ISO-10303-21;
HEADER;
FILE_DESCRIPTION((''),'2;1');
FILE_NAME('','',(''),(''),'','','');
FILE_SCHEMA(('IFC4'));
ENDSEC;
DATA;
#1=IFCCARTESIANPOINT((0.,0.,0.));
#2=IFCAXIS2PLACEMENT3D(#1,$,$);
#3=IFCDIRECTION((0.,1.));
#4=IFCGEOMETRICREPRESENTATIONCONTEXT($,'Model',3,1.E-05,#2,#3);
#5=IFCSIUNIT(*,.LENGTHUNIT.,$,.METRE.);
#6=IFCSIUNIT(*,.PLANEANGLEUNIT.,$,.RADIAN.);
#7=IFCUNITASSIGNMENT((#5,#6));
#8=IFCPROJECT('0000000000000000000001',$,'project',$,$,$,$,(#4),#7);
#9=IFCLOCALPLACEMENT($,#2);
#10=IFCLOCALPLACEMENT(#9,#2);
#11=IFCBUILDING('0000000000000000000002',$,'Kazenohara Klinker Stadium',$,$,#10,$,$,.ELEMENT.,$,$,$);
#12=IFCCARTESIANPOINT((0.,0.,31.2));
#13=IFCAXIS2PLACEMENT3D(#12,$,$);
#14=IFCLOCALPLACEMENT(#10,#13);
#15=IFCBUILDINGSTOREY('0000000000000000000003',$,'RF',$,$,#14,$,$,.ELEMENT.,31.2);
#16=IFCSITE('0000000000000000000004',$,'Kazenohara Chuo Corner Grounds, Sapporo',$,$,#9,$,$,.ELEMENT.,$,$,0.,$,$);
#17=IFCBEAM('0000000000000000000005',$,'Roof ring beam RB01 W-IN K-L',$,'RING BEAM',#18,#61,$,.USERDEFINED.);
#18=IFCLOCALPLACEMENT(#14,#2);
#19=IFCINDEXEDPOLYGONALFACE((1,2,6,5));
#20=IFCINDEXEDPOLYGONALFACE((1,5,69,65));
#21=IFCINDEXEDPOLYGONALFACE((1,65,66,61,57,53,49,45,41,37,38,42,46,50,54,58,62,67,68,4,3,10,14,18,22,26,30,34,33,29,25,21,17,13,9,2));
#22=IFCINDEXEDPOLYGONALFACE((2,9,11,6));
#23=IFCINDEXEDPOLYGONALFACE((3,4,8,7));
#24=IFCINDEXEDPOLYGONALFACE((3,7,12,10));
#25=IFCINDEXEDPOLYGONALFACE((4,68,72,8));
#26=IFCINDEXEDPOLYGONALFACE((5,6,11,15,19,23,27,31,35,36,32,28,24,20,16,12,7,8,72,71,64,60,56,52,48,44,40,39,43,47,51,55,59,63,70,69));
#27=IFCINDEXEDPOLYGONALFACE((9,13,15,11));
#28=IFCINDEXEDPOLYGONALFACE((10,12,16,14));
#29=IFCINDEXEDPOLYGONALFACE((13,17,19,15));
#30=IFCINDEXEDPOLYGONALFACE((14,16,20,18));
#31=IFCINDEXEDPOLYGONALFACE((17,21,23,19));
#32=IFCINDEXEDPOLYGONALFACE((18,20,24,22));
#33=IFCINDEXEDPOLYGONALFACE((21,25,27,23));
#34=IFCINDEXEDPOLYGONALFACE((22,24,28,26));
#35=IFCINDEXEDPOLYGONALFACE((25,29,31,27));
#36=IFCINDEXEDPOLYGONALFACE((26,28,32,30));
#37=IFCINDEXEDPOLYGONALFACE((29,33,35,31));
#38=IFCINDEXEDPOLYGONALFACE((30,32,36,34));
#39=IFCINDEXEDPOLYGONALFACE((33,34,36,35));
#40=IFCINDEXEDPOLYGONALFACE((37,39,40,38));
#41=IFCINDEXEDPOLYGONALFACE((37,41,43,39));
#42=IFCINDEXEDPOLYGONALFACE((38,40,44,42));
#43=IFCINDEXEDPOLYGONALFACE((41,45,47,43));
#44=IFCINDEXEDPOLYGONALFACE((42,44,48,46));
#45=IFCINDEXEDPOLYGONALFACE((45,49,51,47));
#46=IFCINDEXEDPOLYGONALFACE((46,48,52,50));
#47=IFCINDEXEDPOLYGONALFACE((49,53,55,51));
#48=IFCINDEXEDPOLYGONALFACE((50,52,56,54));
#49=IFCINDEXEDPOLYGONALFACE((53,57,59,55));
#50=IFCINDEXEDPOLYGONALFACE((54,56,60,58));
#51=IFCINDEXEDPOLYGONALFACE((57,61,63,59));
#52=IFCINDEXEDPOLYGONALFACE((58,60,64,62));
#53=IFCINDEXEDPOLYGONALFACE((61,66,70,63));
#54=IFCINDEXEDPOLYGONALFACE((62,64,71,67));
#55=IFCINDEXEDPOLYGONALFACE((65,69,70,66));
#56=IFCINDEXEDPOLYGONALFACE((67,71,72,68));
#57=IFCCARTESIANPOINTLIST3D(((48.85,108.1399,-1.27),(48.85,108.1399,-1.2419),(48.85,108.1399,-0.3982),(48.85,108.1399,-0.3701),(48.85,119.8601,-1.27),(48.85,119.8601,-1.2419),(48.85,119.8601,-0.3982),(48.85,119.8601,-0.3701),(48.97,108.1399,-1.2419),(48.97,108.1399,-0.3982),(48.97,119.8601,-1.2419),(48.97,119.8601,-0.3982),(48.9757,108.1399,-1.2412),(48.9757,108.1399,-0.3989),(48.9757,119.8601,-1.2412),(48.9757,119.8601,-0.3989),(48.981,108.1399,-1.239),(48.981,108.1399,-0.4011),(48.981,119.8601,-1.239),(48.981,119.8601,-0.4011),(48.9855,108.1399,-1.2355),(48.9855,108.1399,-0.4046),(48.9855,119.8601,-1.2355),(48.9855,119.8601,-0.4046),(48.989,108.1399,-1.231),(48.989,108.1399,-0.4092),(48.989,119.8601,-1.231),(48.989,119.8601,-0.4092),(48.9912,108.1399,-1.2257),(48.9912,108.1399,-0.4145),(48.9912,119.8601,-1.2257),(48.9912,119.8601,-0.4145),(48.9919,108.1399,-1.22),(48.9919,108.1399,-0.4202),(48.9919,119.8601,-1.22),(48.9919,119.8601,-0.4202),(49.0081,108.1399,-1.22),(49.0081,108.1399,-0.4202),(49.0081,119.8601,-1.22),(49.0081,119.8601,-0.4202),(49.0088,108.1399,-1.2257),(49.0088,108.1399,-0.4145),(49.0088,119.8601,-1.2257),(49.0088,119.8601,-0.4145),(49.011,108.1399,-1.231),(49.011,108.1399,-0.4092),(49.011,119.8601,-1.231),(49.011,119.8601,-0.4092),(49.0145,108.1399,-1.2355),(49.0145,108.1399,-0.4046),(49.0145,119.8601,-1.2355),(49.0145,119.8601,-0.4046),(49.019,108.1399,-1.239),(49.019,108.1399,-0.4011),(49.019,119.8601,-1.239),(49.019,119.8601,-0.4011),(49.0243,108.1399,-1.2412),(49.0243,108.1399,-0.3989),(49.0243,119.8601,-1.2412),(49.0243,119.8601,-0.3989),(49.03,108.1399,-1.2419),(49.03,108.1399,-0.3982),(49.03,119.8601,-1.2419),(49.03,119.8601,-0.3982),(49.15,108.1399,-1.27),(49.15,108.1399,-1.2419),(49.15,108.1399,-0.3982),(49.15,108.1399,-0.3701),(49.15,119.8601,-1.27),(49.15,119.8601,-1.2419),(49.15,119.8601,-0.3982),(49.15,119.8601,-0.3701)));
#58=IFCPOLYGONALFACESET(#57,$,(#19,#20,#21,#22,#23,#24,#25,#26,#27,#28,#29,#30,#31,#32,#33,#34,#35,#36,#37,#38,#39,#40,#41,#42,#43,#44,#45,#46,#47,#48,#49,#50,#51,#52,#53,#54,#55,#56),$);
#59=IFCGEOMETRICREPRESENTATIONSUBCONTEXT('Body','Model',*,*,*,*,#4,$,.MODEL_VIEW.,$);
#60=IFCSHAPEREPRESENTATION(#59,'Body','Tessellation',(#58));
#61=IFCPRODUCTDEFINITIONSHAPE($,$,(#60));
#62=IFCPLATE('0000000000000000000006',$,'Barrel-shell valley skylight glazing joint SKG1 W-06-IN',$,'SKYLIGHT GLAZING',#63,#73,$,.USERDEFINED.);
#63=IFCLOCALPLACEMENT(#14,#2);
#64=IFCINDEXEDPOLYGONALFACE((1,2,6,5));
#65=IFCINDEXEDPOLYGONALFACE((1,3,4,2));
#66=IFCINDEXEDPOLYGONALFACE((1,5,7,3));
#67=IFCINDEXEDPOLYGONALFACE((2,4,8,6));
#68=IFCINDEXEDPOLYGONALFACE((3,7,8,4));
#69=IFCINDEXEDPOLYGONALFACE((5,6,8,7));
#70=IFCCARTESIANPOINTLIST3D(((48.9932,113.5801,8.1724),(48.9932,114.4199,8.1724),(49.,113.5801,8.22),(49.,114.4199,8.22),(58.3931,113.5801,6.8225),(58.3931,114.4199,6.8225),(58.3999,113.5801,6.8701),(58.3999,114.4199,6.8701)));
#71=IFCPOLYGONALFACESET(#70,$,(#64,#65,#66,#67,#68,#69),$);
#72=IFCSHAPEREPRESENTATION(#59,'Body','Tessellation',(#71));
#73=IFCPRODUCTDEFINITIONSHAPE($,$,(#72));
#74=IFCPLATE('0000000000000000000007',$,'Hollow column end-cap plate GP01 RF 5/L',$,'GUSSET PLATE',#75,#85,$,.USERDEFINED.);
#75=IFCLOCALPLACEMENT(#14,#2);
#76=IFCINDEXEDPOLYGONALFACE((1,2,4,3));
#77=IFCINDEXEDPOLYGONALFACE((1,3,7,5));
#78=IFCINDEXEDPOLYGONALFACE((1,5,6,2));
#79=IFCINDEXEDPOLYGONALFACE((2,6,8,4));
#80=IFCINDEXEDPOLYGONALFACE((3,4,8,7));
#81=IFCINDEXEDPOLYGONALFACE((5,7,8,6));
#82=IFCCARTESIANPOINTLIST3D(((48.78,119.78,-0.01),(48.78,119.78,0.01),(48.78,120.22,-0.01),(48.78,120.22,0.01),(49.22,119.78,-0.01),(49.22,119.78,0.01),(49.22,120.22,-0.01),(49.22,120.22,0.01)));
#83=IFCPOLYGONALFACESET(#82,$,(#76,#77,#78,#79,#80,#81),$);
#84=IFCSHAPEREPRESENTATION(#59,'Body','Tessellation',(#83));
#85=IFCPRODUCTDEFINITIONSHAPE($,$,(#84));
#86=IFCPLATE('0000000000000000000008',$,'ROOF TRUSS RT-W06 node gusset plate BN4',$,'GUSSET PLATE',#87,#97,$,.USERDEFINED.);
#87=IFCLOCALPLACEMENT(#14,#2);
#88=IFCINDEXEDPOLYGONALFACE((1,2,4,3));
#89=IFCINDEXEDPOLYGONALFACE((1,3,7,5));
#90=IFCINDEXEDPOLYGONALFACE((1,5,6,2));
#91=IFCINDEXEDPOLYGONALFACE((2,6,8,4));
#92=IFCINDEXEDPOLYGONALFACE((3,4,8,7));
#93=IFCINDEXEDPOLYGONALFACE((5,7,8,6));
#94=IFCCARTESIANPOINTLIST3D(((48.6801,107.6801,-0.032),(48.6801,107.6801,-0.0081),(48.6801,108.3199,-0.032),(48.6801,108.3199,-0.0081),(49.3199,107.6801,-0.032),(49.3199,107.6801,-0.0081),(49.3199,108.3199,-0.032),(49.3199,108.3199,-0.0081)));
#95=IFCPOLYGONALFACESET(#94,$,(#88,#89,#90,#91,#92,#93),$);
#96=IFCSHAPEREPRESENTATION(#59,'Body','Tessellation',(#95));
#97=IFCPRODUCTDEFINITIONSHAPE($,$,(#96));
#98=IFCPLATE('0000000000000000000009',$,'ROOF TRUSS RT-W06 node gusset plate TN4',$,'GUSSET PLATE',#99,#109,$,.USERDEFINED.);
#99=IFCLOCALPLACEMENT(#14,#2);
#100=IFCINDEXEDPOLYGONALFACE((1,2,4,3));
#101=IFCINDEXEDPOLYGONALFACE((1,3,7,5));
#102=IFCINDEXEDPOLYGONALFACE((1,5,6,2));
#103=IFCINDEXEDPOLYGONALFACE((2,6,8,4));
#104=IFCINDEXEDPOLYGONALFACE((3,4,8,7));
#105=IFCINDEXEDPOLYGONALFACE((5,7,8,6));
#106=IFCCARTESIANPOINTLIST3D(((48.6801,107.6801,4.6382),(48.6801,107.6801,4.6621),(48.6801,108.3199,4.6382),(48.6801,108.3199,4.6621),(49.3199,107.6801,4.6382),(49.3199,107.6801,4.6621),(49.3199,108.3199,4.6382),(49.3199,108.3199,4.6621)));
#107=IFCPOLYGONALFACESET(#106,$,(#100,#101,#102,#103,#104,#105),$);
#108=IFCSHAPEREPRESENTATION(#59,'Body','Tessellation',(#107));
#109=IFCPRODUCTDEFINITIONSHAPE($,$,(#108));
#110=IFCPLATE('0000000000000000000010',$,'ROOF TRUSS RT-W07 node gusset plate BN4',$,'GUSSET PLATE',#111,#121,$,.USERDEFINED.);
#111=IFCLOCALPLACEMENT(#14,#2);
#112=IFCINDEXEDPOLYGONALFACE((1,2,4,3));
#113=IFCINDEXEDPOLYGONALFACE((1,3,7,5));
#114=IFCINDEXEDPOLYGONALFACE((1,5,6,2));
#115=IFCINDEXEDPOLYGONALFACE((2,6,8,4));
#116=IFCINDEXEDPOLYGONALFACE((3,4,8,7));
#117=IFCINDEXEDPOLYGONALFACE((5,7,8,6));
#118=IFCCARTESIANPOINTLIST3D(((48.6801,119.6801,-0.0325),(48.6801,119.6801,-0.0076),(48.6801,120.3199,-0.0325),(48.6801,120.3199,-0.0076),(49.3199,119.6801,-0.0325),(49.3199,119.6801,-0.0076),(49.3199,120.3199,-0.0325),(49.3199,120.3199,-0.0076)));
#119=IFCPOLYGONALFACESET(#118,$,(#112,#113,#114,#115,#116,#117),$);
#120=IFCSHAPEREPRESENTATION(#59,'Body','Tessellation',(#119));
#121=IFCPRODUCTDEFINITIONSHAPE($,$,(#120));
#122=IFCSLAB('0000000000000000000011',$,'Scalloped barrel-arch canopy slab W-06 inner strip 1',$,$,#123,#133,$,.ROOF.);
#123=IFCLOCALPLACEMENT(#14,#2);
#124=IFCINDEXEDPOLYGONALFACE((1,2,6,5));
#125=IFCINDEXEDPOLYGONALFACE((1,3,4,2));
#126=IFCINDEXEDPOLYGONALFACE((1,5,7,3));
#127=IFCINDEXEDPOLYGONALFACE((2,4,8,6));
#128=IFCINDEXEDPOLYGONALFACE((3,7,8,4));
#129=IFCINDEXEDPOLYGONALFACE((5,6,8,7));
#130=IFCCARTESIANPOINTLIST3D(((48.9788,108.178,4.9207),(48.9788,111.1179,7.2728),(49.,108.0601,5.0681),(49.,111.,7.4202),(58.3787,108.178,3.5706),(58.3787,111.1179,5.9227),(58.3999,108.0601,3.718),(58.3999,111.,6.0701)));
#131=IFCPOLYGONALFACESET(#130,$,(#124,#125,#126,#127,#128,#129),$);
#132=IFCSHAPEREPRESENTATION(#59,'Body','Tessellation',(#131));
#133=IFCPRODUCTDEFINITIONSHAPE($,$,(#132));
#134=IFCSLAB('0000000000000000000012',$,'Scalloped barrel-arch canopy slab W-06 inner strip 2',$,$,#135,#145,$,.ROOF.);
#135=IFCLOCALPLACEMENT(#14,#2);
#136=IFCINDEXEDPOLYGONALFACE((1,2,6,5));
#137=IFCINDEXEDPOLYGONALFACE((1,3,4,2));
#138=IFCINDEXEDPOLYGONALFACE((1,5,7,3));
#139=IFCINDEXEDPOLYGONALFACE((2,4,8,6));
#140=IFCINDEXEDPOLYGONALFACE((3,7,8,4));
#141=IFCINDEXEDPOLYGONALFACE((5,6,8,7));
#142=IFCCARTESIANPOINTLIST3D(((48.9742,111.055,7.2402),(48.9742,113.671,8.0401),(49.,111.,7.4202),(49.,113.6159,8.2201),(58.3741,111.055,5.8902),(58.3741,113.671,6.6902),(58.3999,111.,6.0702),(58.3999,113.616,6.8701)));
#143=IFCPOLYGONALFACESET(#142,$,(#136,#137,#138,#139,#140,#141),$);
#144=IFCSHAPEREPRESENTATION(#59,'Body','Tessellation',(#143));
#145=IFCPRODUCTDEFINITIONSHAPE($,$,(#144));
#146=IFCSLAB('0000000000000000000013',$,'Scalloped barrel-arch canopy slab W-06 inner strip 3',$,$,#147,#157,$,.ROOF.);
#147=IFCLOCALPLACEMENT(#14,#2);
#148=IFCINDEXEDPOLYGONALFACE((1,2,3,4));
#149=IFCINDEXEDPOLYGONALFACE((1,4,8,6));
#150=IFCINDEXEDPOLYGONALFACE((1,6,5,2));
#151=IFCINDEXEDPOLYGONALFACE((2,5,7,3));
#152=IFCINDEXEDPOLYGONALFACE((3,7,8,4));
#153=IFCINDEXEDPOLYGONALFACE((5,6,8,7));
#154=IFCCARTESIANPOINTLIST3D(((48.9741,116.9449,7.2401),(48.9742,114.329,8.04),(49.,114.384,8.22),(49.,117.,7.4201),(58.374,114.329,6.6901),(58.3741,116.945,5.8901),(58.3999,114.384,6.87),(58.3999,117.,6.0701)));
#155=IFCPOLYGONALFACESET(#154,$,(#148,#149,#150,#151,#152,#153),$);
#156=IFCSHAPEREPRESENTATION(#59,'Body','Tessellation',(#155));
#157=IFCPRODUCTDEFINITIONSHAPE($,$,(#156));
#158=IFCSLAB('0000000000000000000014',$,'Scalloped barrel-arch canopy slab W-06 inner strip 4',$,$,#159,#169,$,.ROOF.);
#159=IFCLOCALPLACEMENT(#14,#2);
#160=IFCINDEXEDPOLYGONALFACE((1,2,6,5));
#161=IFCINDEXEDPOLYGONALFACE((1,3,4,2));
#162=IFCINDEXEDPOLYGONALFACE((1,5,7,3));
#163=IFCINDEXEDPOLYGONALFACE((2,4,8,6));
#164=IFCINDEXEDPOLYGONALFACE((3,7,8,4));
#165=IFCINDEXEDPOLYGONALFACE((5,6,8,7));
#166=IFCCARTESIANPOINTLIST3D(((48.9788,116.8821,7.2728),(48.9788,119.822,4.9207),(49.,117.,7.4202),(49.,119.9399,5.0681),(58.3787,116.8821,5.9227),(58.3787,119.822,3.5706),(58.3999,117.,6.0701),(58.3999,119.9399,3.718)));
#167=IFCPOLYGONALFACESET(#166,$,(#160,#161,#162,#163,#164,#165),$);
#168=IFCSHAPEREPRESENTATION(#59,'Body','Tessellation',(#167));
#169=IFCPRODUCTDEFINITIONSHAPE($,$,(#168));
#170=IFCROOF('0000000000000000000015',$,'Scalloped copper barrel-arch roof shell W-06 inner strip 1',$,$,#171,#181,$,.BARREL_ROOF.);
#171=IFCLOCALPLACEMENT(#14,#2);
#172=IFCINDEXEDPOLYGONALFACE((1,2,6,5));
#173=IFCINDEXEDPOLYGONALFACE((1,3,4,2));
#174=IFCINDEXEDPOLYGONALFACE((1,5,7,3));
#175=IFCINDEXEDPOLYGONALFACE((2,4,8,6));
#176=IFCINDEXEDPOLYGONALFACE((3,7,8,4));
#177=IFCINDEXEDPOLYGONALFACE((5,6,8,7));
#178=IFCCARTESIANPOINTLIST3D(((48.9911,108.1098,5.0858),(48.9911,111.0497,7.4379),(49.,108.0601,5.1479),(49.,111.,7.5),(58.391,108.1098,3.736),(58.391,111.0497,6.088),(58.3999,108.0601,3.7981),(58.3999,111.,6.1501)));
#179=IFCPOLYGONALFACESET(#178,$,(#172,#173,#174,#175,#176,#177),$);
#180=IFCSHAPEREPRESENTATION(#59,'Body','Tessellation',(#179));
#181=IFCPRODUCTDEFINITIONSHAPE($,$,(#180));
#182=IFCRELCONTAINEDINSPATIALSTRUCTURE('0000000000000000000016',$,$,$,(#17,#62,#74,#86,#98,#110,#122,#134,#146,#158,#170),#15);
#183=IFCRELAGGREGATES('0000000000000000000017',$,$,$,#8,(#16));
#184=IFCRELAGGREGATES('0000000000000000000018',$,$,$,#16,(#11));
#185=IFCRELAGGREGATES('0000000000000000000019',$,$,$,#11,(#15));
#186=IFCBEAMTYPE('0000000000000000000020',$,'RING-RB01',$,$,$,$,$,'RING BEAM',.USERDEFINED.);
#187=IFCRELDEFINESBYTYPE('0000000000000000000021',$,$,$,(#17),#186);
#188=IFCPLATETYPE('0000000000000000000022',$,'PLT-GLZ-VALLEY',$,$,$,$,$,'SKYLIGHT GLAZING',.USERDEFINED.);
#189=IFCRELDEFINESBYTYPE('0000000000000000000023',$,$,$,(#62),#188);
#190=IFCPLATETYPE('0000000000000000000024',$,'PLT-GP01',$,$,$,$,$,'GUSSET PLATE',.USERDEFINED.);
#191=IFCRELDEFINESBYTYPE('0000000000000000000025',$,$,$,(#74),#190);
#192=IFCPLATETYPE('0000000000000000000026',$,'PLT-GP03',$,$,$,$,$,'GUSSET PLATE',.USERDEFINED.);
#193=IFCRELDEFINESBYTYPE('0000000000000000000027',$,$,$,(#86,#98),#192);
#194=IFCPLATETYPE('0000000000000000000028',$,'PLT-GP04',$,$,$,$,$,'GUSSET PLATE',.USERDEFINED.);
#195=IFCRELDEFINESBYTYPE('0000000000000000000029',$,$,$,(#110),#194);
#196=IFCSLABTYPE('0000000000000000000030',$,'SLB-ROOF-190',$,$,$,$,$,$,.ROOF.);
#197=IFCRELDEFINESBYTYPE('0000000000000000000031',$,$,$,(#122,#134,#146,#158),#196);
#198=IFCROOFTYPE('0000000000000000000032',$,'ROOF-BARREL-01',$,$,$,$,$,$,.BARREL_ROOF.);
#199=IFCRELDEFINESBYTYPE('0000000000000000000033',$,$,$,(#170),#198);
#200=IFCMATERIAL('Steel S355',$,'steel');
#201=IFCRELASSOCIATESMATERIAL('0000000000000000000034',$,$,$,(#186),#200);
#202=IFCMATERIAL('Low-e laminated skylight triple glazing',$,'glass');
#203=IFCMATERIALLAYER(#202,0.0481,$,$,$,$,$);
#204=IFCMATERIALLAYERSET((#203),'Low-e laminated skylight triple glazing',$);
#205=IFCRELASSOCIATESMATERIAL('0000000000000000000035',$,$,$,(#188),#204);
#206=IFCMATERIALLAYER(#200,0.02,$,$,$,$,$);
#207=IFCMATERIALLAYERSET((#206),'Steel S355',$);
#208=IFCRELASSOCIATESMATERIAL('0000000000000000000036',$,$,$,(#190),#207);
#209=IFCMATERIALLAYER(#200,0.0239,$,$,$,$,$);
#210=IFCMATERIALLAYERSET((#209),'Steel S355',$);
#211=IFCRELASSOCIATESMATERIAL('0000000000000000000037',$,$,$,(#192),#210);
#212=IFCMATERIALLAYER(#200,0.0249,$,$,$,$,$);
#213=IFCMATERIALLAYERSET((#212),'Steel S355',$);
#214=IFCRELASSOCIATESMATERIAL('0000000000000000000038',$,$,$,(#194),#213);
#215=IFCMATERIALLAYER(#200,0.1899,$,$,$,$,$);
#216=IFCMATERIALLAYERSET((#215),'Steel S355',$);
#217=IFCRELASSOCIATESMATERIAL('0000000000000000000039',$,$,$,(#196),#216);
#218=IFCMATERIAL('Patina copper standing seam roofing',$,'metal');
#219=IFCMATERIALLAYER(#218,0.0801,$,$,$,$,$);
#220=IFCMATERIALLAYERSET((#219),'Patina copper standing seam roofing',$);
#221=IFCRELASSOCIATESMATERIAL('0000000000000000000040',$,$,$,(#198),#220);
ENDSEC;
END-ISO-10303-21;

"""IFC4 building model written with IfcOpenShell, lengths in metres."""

from ifc_helpers import new_model, si_unit, direction, frame, origin, origin_2d, place, context, subcontext, project, spatial, polyline, rectangle, i_section, outline, extrude, material, layer, layer_set, material_profile, profile_set, type_object, element, save


model = new_model("IFC4")

# Units and contexts
model_context = context("Model", 3, precision=1e-05, world=origin(), true_north=direction((0.0, 1.0)))
body_context = subcontext(model_context, "Body", "Model", "MODEL_VIEW")
ifc_project = project(units=[si_unit("LENGTHUNIT", "METRE"), si_unit("PLANEANGLEUNIT", "RADIAN")], contexts=[model_context])

# Site, building, storey
site_placement = place(None, origin())
site = spatial("IfcSite", under=ifc_project, at=site_placement, Name="Kazenohara Chuo Corner Grounds, Sapporo", CompositionType="ELEMENT", RefElevation=0.0)
building_placement = place(site_placement, origin())
building = spatial("IfcBuilding", under=site, at=building_placement, Name="Kazenohara Klinker Stadium", CompositionType="ELEMENT")
storey_placement = place(building_placement, frame((0.0, 0.0, 31.2)))
storey = spatial("IfcBuildingStorey", under=building, at=storey_placement, Name="RF", CompositionType="ELEMENT", Elevation=31.2)

# Shared definitions
ifc_material_1 = material(Name="Steel S355", Category="steel")

# Beam
ifc_material_profile_1 = material_profile(ifc_material_1, i_section(OverallWidth=0.3, OverallDepth=0.8999, WebThickness=0.0161, FlangeThickness=0.0281, FilletRadius=0.022, at=origin_2d()), Name="H-900x300x16x28")
ifc_profile_set_1 = profile_set([ifc_material_profile_1], Name="Steel S355")
beam_type = type_object("IfcBeamType", Name="RING-RB01", ElementType="RING BEAM", PredefinedType="USERDEFINED", material=ifc_profile_set_1)
beam_placement = place(storey_placement, frame((49.0, 108.1399, -0.8201), z_axis=(0.0, 1.0, 0.0), x_axis=(-1.0, 0.0, 0.0)))
element("IfcBeam", 1, at=beam_placement, inside=storey, type_object=beam_type, Name="Roof ring beam RB01 W-IN K-L", ObjectType="RING BEAM", PredefinedType="USERDEFINED", context=body_context, shape_type="SweptSolid", body=[
    extrude(i_section(OverallWidth=0.3, OverallDepth=0.8999, WebThickness=0.0161, FlangeThickness=0.0281, FilletRadius=0.022, at=origin_2d()), origin(), (0.0, 0.0, 1.0), 11.7202),
])

# Plates
ifc_material_2 = material(Name="Low-e laminated skylight triple glazing", Category="glass")
ifc_layer_1 = layer(ifc_material_2, 0.0481)
ifc_layer_set_1 = layer_set([ifc_layer_1], Name="Low-e laminated skylight triple glazing")
plate_type_1 = type_object("IfcPlateType", Name="PLT-GLZ-VALLEY", ElementType="SKYLIGHT GLAZING", PredefinedType="USERDEFINED", material=ifc_layer_set_1)
plate_1_placement = place(storey_placement, frame((49.0, 113.5801, 8.22), z_axis=(0.142145, 0.0, 0.989846), x_axis=(0.989846, 0.0, -0.142145)))
element("IfcPlate", 2, at=plate_1_placement, inside=storey, type_object=plate_type_1, Name="Barrel-shell valley skylight glazing joint SKG1 W-06-IN", ObjectType="SKYLIGHT GLAZING", PredefinedType="USERDEFINED", context=body_context, shape_type="SweptSolid", body=[
    extrude(outline(polyline([(0.0, 0.0), (9.4963, 0.0), (9.4963, 0.8398), (0.0, 0.8398), (0.0, 0.0)])), origin(), (0.0, 0.0, -1.0), 0.0481),
])
ifc_layer_2 = layer(ifc_material_1, 0.02)
ifc_layer_set_2 = layer_set([ifc_layer_2], Name="Steel S355")
plate_type_2 = type_object("IfcPlateType", Name="PLT-GP01", ElementType="GUSSET PLATE", PredefinedType="USERDEFINED", material=ifc_layer_set_2)
plate_2_placement = place(storey_placement, frame((49.0, 120.0, -0.01), z_axis=(0.0, 0.0, 1.0), x_axis=(1.0, 0.0, 0.0)))
element("IfcPlate", 3, at=plate_2_placement, inside=storey, type_object=plate_type_2, Name="Hollow column end-cap plate GP01 RF 5/L", ObjectType="GUSSET PLATE", PredefinedType="USERDEFINED", context=body_context, shape_type="SweptSolid", body=[
    extrude(rectangle(XDim=0.4399, YDim=0.4399, at=origin_2d()), origin(), (0.0, 0.0, 1.0), 0.02),
])
ifc_layer_3 = layer(ifc_material_1, 0.0239)
ifc_layer_set_3 = layer_set([ifc_layer_3], Name="Steel S355")
plate_type_3 = type_object("IfcPlateType", Name="PLT-GP03", ElementType="GUSSET PLATE", PredefinedType="USERDEFINED", material=ifc_layer_set_3)
for number, where, z_axis, x_axis, name in (
    (4, (49.0, 108.0, -0.032), (0.0, 0.0, 1.0), (1.0, 0.0, 0.0), "ROOF TRUSS RT-W06 node gusset plate BN4"),
    (5, (49.0, 108.0, 4.6382), (0.0, 0.0, 1.0), (1.0, 0.0, 0.0), "ROOF TRUSS RT-W06 node gusset plate TN4"),
):
    element("IfcPlate", number, at=place(storey_placement, frame(where, z_axis=z_axis, x_axis=x_axis)), inside=storey, type_object=plate_type_3, Name=name, ObjectType="GUSSET PLATE", PredefinedType="USERDEFINED", context=body_context, shape_type="SweptSolid", body=[
        extrude(rectangle(XDim=0.6399, YDim=0.6399, at=origin_2d()), origin(), (0.0, 0.0, 1.0), 0.0239),
    ])
ifc_layer_4 = layer(ifc_material_1, 0.0249)
ifc_layer_set_4 = layer_set([ifc_layer_4], Name="Steel S355")
plate_type_4 = type_object("IfcPlateType", Name="PLT-GP04", ElementType="GUSSET PLATE", PredefinedType="USERDEFINED", material=ifc_layer_set_4)
plate_3_placement = place(storey_placement, frame((49.0, 120.0, -0.0325), z_axis=(0.0, 0.0, 1.0), x_axis=(1.0, 0.0, 0.0)))
element("IfcPlate", 6, at=plate_3_placement, inside=storey, type_object=plate_type_4, Name="ROOF TRUSS RT-W07 node gusset plate BN4", ObjectType="GUSSET PLATE", PredefinedType="USERDEFINED", context=body_context, shape_type="SweptSolid", body=[
    extrude(rectangle(XDim=0.6399, YDim=0.6399, at=origin_2d()), origin(), (0.0, 0.0, 1.0), 0.0249),
])

# Slabs
ifc_layer_5 = layer(ifc_material_1, 0.1899)
ifc_layer_set_5 = layer_set([ifc_layer_5], Name="Steel S355")
slab_type = type_object("IfcSlabType", Name="SLB-ROOF-190", PredefinedType="ROOF", material=ifc_layer_set_5)
slab_1_placement = place(storey_placement, frame((49.0, 108.0601, 5.0681), z_axis=(0.111455, -0.620819, 0.775991), x_axis=(0.989842, 0.0, -0.14217)))
element("IfcSlab", 7, at=slab_1_placement, inside=storey, type_object=slab_type, Name="Scalloped barrel-arch canopy slab W-06 inner strip 1", PredefinedType="ROOF", context=body_context, shape_type="SweptSolid", body=[
    extrude(outline(polyline([(0.0, 0.0), (9.4964, 0.0), (9.162, 3.7501), (-0.3344, 3.7501), (0.0, 0.0)])), origin(), (0.0, 0.0, -1.0), 0.1899),
])
slab_2_placement = place(storey_placement, frame((49.0, 111.0, 7.4202), z_axis=(0.136061, -0.289701, 0.947397), x_axis=(0.989844, -0.000004, -0.142158)))
element("IfcSlab", 8, at=slab_2_placement, inside=storey, type_object=slab_type, Name="Scalloped barrel-arch canopy slab W-06 inner strip 2", PredefinedType="ROOF", context=body_context, shape_type="SweptSolid", body=[
    extrude(outline(polyline([(0.0, 0.0), (9.4964, 0.0), (9.3826, 2.7332), (-0.1137, 2.7331), (0.0, 0.0)])), origin(), (0.0, 0.0, -1.0), 0.1899),
])
slab_3_placement = place(storey_placement, frame((49.0, 114.384, 8.22), z_axis=(0.136061, 0.289701, 0.947397), x_axis=(0.989844, -0.000004, -0.142156)))
element("IfcSlab", 9, at=slab_3_placement, inside=storey, type_object=slab_type, Name="Scalloped barrel-arch canopy slab W-06 inner strip 3", PredefinedType="ROOF", context=body_context, shape_type="SweptSolid", body=[
    extrude(outline(polyline([(0.0, 0.0), (9.4963, 0.0), (9.6101, 2.7332), (0.1137, 2.7331), (0.0, 0.0)])), origin(), (0.0, 0.0, -1.0), 0.1899),
])
slab_4_placement = place(storey_placement, frame((49.0, 117.0, 7.4202), z_axis=(0.111455, 0.620819, 0.775991), x_axis=(0.989842, 0.0, -0.14217)))
element("IfcSlab", 10, at=slab_4_placement, inside=storey, type_object=slab_type, Name="Scalloped barrel-arch canopy slab W-06 inner strip 4", PredefinedType="ROOF", context=body_context, shape_type="SweptSolid", body=[
    extrude(outline(polyline([(0.0, 0.0), (9.4964, 0.0), (9.8308, 3.7501), (0.3344, 3.7501), (0.0, 0.0)])), origin(), (0.0, 0.0, -1.0), 0.1899),
])

# Roof
ifc_material_3 = material(Name="Patina copper standing seam roofing", Category="metal")
ifc_layer_6 = layer(ifc_material_3, 0.0801)
ifc_layer_set_6 = layer_set([ifc_layer_6], Name="Patina copper standing seam roofing")
roof_type = type_object("IfcRoofType", Name="ROOF-BARREL-01", PredefinedType="BARREL_ROOF", material=ifc_layer_set_6)
roof_1_placement = place(storey_placement, frame((49.0, 108.0601, 5.1479), z_axis=(0.111435, -0.62082, 0.775993), x_axis=(0.989846, 0.0, -0.142145)))
element("IfcRoof", 11, at=roof_1_placement, inside=storey, type_object=roof_type, Name="Scalloped copper barrel-arch roof shell W-06 inner strip 1", PredefinedType="BARREL_ROOF", context=body_context, shape_type="SweptSolid", body=[
    extrude(outline(polyline([(0.0, 0.0), (9.4963, 0.0), (9.162, 3.7501), (-0.3343, 3.7501), (0.0, 0.0)])), origin(), (0.0, 0.0, -1.0), 0.0801),
])

save(model, "model.ifc")
